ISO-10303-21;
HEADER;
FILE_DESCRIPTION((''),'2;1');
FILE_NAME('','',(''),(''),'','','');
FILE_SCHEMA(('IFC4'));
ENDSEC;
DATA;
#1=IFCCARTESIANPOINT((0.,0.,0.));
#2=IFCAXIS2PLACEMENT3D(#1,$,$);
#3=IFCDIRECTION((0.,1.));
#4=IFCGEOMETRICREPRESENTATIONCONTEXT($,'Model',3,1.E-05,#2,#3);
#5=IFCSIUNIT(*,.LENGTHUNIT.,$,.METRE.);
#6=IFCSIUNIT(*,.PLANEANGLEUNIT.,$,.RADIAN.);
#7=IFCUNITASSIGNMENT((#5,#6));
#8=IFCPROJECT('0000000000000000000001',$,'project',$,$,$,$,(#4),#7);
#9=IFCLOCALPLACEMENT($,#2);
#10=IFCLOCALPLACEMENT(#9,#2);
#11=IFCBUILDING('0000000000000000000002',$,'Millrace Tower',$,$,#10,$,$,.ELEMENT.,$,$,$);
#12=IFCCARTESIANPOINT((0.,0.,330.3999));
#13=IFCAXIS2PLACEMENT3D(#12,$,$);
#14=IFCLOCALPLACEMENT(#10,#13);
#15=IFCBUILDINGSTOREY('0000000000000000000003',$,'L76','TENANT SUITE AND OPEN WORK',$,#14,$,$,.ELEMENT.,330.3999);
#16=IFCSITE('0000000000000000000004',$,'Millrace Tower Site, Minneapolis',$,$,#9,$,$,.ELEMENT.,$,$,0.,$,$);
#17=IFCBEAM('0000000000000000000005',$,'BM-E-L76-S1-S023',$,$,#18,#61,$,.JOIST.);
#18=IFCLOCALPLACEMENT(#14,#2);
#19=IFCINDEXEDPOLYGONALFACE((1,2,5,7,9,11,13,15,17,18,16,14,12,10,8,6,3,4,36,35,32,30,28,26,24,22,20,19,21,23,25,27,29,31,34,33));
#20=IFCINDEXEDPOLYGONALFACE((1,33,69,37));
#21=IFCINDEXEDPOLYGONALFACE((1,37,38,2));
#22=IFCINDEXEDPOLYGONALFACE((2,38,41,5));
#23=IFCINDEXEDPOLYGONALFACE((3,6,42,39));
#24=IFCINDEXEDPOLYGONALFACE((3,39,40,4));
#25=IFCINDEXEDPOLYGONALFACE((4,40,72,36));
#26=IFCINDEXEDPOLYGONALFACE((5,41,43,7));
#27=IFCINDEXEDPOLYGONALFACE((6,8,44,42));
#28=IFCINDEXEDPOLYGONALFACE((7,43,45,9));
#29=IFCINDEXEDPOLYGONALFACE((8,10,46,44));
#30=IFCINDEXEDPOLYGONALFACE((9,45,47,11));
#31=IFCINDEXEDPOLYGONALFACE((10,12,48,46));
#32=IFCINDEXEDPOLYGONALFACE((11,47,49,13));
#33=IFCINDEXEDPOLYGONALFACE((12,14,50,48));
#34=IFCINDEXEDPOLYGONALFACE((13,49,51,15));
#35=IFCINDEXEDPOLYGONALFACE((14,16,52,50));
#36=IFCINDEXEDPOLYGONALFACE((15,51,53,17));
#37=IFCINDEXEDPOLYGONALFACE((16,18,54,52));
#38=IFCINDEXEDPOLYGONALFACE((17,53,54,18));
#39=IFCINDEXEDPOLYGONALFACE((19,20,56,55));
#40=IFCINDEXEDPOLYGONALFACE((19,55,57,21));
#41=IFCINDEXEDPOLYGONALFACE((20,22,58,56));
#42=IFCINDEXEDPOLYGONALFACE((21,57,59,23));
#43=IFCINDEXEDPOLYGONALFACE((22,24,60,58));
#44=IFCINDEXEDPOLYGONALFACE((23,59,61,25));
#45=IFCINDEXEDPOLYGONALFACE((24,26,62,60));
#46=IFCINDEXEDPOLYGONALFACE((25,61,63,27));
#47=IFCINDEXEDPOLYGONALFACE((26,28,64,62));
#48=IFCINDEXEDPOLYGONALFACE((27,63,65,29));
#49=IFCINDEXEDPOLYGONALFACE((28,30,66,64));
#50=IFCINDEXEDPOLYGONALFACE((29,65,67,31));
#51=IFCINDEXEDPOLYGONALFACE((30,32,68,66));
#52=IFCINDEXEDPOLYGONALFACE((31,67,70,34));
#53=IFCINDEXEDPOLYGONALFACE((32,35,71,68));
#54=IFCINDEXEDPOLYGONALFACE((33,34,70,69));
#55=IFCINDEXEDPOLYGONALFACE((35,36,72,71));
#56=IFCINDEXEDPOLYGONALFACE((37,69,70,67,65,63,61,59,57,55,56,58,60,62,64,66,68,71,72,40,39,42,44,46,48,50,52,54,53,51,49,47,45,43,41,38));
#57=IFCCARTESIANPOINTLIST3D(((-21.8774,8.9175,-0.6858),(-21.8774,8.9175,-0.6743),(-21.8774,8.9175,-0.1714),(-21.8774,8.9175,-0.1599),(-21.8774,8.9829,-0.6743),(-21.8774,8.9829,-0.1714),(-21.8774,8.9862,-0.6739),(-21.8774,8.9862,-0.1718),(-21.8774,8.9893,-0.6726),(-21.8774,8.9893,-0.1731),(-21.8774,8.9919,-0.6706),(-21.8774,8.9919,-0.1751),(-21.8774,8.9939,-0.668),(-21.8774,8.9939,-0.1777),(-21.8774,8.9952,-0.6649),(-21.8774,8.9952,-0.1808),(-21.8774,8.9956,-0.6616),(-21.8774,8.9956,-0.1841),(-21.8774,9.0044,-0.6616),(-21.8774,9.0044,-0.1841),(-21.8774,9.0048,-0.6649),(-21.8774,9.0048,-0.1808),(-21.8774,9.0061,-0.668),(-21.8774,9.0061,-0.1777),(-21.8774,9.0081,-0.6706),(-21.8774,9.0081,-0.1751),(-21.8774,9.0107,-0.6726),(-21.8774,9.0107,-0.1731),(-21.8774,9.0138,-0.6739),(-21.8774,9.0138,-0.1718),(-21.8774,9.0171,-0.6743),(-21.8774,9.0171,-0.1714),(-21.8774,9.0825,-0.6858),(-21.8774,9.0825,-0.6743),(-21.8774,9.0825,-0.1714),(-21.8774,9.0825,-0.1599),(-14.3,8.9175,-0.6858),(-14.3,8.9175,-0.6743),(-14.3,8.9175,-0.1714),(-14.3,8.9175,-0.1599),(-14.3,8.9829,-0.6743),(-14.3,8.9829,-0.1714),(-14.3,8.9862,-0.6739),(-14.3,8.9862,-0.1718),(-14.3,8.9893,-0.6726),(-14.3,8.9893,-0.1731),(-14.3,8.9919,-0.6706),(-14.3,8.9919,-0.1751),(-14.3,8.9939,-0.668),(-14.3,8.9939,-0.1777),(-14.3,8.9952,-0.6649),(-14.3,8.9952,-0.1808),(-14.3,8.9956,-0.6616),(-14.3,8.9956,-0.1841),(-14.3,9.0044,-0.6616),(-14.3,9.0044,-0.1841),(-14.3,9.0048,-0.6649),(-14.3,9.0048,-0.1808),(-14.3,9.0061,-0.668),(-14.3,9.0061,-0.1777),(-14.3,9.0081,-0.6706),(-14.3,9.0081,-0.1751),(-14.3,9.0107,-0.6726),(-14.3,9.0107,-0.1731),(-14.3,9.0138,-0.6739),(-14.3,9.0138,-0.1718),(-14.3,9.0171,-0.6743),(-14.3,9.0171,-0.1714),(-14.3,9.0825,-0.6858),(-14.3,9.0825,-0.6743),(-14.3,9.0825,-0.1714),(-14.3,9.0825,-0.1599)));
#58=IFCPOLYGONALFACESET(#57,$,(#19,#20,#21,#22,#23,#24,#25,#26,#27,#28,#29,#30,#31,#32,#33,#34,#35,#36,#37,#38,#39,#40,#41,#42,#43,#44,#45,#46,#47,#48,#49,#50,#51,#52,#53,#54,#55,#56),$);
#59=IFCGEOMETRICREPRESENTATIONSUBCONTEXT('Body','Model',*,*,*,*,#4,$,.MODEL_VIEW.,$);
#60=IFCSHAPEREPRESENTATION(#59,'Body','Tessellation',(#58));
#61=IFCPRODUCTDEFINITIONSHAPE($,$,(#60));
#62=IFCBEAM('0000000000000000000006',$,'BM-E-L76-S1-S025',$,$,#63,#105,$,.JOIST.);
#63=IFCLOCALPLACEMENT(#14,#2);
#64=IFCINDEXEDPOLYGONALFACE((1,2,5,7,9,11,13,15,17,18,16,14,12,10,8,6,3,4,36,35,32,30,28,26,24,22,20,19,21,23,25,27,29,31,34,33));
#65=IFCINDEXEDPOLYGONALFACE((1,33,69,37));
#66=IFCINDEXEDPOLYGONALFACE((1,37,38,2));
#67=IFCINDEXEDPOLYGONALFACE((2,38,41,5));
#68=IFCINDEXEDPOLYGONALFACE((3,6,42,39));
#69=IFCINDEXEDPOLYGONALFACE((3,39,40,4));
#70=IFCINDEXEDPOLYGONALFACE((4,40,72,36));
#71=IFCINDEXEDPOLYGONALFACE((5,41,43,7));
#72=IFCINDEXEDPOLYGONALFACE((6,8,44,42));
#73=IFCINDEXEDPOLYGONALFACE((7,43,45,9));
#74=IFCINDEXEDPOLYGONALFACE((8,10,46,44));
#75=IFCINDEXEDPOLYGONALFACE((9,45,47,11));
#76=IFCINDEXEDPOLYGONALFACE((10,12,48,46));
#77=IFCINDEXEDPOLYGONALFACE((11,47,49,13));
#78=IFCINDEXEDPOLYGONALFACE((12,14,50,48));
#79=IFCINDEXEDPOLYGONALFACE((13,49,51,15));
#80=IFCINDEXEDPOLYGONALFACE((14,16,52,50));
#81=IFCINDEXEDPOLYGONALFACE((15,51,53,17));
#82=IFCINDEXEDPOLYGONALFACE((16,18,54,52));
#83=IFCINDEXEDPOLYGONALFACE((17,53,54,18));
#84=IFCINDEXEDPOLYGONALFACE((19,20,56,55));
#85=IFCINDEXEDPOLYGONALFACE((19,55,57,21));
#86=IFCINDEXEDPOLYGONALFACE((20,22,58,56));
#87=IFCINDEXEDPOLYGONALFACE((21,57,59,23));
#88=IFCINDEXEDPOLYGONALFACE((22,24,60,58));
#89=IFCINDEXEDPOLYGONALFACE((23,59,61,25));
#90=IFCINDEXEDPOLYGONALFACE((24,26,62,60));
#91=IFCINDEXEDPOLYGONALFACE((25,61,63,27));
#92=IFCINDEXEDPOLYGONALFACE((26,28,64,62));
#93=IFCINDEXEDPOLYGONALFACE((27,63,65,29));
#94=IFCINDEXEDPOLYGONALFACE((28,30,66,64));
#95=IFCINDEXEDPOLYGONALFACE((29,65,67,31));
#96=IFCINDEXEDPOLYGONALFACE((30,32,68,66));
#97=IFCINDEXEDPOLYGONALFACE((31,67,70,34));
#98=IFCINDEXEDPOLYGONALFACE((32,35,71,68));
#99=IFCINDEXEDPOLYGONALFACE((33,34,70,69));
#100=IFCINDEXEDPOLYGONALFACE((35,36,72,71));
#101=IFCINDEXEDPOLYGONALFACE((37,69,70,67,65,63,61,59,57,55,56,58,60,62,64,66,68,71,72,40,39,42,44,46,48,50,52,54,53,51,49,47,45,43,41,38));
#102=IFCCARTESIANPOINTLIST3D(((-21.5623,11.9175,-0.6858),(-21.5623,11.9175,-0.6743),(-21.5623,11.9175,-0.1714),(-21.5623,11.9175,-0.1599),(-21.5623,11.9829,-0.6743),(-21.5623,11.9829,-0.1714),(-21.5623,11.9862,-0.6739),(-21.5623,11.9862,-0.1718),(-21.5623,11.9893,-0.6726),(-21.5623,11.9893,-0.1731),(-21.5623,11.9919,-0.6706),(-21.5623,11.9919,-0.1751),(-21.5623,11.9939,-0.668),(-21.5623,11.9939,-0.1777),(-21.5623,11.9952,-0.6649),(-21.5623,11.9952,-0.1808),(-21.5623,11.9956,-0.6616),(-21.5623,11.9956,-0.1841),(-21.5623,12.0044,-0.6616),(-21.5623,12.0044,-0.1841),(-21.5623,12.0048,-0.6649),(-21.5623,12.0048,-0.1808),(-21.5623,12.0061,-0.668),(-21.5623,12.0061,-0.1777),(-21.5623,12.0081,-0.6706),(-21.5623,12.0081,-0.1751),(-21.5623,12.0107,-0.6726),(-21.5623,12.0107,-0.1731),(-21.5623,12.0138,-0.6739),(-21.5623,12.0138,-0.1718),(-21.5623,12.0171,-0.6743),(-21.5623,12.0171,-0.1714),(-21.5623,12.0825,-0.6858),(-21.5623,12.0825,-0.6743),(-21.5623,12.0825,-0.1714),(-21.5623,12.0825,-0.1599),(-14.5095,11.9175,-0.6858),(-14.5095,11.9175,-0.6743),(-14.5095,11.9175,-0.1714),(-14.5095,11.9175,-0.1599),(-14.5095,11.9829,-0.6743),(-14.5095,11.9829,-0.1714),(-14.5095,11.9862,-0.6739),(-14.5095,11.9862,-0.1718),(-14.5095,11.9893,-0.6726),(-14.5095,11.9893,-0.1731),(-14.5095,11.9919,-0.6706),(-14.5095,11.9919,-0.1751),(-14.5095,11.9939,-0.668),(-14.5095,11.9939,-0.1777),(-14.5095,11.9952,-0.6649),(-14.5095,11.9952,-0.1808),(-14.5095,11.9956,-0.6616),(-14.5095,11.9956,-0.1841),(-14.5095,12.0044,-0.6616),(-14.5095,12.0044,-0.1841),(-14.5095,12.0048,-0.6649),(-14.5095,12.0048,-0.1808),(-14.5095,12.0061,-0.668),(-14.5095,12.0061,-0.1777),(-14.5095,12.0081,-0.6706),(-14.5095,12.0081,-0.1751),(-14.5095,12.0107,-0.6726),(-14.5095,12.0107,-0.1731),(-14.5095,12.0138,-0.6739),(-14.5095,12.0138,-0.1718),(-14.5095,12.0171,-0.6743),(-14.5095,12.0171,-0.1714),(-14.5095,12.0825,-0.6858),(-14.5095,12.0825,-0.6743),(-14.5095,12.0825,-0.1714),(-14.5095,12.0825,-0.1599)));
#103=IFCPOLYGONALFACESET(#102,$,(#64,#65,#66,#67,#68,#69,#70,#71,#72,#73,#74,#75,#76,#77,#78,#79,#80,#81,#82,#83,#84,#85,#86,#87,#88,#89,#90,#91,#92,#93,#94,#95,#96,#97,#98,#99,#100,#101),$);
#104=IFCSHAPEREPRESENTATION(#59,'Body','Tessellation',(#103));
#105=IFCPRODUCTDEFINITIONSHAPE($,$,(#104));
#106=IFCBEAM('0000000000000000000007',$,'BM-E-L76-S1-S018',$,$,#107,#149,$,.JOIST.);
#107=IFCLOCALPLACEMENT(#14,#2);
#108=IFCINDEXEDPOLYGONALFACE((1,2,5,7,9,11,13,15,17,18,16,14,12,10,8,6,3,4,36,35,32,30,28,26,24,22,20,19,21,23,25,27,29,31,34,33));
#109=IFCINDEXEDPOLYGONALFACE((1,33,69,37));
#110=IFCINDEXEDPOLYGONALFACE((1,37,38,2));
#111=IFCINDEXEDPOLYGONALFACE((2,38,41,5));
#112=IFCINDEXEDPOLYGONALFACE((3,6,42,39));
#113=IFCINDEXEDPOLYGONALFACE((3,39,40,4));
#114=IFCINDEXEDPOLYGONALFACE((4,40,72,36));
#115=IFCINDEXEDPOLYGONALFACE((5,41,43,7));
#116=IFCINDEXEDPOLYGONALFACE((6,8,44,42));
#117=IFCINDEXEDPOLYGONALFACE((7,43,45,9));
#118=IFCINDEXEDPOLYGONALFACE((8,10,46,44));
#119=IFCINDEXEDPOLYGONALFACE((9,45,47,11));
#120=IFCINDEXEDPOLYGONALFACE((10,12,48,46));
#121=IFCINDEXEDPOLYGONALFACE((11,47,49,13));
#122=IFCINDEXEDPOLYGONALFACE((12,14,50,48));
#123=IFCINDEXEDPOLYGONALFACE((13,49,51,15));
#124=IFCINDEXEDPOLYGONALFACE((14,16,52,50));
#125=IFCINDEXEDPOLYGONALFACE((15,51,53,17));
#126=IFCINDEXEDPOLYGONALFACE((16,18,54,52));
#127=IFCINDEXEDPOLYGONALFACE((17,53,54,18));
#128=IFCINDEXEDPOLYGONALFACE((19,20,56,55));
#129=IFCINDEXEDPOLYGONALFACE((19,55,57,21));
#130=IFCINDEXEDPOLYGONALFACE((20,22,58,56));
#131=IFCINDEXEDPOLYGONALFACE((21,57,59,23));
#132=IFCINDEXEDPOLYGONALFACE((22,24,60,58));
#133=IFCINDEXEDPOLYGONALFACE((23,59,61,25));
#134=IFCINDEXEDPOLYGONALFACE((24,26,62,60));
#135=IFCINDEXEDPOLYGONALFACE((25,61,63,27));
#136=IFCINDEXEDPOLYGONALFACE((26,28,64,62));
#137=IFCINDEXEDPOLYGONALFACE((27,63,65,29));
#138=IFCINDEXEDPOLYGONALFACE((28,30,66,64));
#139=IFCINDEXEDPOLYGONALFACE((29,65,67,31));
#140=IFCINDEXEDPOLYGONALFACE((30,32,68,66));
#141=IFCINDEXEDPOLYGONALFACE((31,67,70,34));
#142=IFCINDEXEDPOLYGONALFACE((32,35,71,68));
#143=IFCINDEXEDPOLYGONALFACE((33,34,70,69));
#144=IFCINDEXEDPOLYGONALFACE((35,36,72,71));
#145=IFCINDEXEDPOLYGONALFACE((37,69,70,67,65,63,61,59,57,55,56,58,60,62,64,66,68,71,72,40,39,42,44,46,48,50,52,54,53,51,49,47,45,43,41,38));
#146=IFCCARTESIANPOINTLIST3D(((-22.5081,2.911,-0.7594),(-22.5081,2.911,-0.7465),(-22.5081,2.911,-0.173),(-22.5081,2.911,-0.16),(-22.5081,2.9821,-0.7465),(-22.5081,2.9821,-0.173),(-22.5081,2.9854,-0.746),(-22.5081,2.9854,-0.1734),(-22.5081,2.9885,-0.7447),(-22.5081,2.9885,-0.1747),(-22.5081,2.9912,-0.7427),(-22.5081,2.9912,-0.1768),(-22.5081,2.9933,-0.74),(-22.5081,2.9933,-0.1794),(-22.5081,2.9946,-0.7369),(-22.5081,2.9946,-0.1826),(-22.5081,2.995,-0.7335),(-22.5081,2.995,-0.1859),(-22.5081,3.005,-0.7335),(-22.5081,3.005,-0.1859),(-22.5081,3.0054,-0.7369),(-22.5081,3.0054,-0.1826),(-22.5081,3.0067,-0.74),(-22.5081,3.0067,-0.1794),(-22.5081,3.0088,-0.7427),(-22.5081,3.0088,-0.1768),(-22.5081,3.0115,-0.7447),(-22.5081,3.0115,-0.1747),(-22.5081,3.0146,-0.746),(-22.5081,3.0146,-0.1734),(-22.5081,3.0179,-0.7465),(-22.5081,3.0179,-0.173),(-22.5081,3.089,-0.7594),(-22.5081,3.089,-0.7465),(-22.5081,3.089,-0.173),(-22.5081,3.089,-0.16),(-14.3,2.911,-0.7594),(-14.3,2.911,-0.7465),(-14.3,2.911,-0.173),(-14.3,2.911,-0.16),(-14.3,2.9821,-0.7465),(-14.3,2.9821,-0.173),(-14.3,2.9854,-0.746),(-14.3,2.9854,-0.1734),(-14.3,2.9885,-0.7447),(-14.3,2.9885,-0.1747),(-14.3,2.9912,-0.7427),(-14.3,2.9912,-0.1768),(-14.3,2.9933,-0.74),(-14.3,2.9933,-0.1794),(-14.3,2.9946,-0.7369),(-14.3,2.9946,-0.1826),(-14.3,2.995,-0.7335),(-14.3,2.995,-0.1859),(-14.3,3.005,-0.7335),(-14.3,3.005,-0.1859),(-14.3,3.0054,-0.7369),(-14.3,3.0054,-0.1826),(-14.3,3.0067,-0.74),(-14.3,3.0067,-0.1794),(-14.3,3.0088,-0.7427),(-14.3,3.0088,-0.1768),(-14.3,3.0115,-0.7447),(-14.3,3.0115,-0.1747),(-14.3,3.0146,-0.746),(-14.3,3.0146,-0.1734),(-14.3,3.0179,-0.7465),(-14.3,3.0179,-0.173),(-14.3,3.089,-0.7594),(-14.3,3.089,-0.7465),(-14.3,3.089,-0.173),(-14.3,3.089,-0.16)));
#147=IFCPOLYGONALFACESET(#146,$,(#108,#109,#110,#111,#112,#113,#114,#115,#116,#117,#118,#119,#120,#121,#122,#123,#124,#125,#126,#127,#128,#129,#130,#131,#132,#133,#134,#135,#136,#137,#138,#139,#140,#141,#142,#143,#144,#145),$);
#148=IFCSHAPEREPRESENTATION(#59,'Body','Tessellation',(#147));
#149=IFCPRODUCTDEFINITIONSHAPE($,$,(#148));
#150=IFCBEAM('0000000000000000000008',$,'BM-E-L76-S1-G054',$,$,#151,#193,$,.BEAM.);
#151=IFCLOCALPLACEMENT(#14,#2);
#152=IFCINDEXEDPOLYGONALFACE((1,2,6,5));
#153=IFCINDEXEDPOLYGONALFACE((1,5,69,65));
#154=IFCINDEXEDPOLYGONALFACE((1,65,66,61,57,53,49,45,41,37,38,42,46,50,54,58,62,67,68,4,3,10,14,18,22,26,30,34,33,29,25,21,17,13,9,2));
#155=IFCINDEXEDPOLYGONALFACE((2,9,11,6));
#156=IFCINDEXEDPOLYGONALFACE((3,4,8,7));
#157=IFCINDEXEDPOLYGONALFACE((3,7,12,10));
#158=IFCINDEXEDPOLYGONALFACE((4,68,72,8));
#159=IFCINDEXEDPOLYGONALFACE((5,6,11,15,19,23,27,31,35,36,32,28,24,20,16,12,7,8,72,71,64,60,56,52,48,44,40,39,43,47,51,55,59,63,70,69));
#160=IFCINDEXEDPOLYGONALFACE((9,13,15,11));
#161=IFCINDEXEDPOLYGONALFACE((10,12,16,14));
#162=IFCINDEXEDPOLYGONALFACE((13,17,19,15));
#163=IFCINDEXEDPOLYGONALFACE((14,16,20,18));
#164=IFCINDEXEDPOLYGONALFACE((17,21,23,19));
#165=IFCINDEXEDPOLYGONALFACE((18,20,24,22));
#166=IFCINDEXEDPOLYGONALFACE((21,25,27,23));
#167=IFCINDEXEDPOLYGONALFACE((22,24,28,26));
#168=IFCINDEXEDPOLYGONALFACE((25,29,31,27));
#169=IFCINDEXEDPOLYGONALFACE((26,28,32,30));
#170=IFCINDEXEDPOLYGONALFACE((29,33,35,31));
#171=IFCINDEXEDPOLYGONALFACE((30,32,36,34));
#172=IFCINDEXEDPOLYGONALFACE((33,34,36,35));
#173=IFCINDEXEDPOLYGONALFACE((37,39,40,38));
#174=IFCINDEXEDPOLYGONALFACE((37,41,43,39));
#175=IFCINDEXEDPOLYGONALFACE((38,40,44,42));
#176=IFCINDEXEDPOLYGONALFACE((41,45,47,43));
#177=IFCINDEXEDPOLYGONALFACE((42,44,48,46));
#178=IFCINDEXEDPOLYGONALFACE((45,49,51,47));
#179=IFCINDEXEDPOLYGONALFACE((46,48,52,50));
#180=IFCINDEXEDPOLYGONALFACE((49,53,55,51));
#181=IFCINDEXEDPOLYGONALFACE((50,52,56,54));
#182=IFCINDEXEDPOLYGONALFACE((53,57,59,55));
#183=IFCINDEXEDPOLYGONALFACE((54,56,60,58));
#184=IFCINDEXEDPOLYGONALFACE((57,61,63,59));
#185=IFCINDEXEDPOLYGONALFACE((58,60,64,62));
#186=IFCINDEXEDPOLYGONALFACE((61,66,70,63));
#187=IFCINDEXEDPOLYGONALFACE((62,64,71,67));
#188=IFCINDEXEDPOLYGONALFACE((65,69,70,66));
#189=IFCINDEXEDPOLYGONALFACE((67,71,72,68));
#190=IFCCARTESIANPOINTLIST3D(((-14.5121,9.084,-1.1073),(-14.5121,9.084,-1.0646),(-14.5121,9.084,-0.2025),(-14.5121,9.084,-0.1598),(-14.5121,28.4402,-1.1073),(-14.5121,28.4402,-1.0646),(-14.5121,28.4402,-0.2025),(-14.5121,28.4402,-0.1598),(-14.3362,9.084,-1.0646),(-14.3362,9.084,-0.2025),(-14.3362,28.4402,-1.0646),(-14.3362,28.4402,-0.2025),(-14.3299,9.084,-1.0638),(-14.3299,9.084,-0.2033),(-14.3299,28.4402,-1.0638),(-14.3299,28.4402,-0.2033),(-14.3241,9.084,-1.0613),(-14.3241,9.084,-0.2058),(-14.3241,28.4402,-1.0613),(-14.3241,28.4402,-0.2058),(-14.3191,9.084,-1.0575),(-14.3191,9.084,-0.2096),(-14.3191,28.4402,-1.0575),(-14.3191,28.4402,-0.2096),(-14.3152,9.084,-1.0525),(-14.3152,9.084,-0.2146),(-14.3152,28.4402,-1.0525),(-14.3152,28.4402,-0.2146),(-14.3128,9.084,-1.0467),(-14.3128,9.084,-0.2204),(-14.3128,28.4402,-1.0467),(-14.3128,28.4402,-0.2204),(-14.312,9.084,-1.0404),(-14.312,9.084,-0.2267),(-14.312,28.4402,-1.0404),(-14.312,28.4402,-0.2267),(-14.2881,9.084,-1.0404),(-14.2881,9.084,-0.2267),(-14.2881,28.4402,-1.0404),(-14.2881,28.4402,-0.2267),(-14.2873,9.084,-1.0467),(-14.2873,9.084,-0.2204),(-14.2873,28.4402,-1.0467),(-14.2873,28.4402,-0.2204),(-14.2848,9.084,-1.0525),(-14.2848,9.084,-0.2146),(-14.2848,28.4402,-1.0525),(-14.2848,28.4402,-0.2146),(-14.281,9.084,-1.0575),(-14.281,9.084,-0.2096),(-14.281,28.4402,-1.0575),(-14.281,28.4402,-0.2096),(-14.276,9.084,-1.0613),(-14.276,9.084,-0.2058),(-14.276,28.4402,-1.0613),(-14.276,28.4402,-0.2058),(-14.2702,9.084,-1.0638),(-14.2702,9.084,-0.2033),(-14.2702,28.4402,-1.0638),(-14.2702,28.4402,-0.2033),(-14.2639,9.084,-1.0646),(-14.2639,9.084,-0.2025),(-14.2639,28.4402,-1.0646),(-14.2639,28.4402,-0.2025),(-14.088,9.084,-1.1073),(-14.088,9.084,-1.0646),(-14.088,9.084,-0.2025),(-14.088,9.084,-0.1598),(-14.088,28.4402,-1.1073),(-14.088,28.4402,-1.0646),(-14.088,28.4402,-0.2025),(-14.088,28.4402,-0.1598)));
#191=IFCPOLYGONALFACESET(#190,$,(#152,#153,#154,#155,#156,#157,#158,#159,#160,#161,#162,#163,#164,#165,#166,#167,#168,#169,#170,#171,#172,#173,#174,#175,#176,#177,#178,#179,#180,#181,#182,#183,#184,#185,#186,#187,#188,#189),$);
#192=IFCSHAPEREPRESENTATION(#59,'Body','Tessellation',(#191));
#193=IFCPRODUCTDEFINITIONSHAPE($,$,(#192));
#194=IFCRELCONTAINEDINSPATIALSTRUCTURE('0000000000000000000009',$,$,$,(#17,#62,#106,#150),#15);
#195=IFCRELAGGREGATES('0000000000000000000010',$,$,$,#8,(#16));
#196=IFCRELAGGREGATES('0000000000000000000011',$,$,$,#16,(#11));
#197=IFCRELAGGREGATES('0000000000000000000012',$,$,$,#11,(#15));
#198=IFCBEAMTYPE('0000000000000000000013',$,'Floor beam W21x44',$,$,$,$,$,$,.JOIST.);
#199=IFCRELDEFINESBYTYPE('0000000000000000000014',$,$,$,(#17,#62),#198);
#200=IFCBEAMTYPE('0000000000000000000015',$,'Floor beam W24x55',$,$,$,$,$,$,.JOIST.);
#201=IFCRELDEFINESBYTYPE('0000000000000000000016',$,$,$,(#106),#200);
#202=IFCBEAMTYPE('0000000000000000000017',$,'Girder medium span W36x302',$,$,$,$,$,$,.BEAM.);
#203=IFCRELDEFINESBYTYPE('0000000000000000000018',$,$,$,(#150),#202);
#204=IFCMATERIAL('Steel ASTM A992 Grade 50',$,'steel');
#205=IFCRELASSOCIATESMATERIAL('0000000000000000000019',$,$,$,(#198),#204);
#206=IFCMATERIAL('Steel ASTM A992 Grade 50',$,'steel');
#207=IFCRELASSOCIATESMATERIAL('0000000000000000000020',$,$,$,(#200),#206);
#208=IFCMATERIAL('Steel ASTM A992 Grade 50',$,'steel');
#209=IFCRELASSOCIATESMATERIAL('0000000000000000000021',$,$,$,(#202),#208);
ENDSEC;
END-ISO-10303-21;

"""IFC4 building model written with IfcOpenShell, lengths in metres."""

from ifc_helpers import new_model, si_unit, direction, frame, origin, origin_2d, place, context, subcontext, project, spatial, i_section, extrude, material, material_profile, profile_set, type_object, element, save


model = new_model("IFC4")

# Units and contexts
model_context = context("Model", 3, precision=1e-05, world=origin(), true_north=direction((0.0, 1.0)))
body_context = subcontext(model_context, "Body", "Model", "MODEL_VIEW")
ifc_project = project(units=[si_unit("LENGTHUNIT", "METRE"), si_unit("PLANEANGLEUNIT", "RADIAN")], contexts=[model_context])

# Site, building, storey
site_placement = place(None, origin())
site = spatial("IfcSite", under=ifc_project, at=site_placement, Name="Millrace Tower Site, Minneapolis", CompositionType="ELEMENT", RefElevation=0.0)
building_placement = place(site_placement, origin())
building = spatial("IfcBuilding", under=site, at=building_placement, Name="Millrace Tower", CompositionType="ELEMENT")
storey_placement = place(building_placement, frame((0.0, 0.0, 330.3999)))
storey = spatial("IfcBuildingStorey", under=building, at=storey_placement, Name="L76", Description="TENANT SUITE AND OPEN WORK", CompositionType="ELEMENT", Elevation=330.3999)

# Beams
ifc_material_1 = material(Name="Steel ASTM A992 Grade 50", Category="steel")
ifc_material_profile_1 = material_profile(ifc_material_1, i_section(OverallWidth=0.165, OverallDepth=0.5259, WebThickness=0.0088, FlangeThickness=0.0115, FilletRadius=0.0127, at=origin_2d()))
ifc_profile_set_1 = profile_set([ifc_material_profile_1], Name="Steel ASTM A992 Grade 50")
beam_type_1 = type_object("IfcBeamType", Name="Floor beam W21x44", PredefinedType="JOIST", material=ifc_profile_set_1)
beam_1_placement = place(storey_placement, frame((-21.8774, 9.0, -0.4229), z_axis=(1.0, 0.0, 0.0), x_axis=(0.0, 1.0, 0.0)))
element("IfcBeam", 1, at=beam_1_placement, inside=storey, type_object=beam_type_1, Name="BM-E-L76-S1-S023", PredefinedType="JOIST", context=body_context, shape_type="SweptSolid", body=[
    extrude(i_section(OverallWidth=0.165, OverallDepth=0.5259, WebThickness=0.0088, FlangeThickness=0.0115, FilletRadius=0.0127, at=origin_2d()), origin(), (0.0, 0.0, 1.0), 7.5774),
])
beam_2_placement = place(storey_placement, frame((-21.5623, 12.0, -0.4229), z_axis=(1.0, 0.0, 0.0), x_axis=(0.0, 1.0, 0.0)))
element("IfcBeam", 2, at=beam_2_placement, inside=storey, type_object=beam_type_1, Name="BM-E-L76-S1-S025", PredefinedType="JOIST", context=body_context, shape_type="SweptSolid", body=[
    extrude(i_section(OverallWidth=0.165, OverallDepth=0.5259, WebThickness=0.0088, FlangeThickness=0.0115, FilletRadius=0.0127, at=origin_2d()), origin(), (0.0, 0.0, 1.0), 7.0527),
])
ifc_material_2 = material(Name="Steel ASTM A992 Grade 50", Category="steel")
ifc_material_profile_2 = material_profile(ifc_material_2, i_section(OverallWidth=0.178, OverallDepth=0.5994, WebThickness=0.01, FlangeThickness=0.0129, FilletRadius=0.0129, at=origin_2d()))
ifc_profile_set_2 = profile_set([ifc_material_profile_2], Name="Steel ASTM A992 Grade 50")
beam_type_2 = type_object("IfcBeamType", Name="Floor beam W24x55", PredefinedType="JOIST", material=ifc_profile_set_2)
beam_3_placement = place(storey_placement, frame((-22.5081, 3.0, -0.4597), z_axis=(1.0, 0.0, 0.0), x_axis=(0.0, 1.0, 0.0)))
element("IfcBeam", 3, at=beam_3_placement, inside=storey, type_object=beam_type_2, Name="BM-E-L76-S1-S018", PredefinedType="JOIST", context=body_context, shape_type="SweptSolid", body=[
    extrude(i_section(OverallWidth=0.178, OverallDepth=0.5994, WebThickness=0.01, FlangeThickness=0.0129, FilletRadius=0.0129, at=origin_2d()), origin(), (0.0, 0.0, 1.0), 8.208),
])
ifc_material_3 = material(Name="Steel ASTM A992 Grade 50", Category="steel")
ifc_material_profile_3 = material_profile(ifc_material_3, i_section(OverallWidth=0.4241, OverallDepth=0.9475, WebThickness=0.0239, FlangeThickness=0.0427, FilletRadius=0.0242, at=origin_2d()))
ifc_profile_set_3 = profile_set([ifc_material_profile_3], Name="Steel ASTM A992 Grade 50")
beam_type_3 = type_object("IfcBeamType", Name="Girder medium span W36x302", PredefinedType="BEAM", material=ifc_profile_set_3)
beam_4_placement = place(storey_placement, frame((-14.3, 9.084, -0.6335), z_axis=(0.0, 1.0, 0.0), x_axis=(-1.0, 0.0, 0.0)))
element("IfcBeam", 4, at=beam_4_placement, inside=storey, type_object=beam_type_3, Name="BM-E-L76-S1-G054", PredefinedType="BEAM", context=body_context, shape_type="SweptSolid", body=[
    extrude(i_section(OverallWidth=0.4241, OverallDepth=0.9475, WebThickness=0.0239, FlangeThickness=0.0427, FilletRadius=0.0242, at=origin_2d()), origin(), (0.0, 0.0, 1.0), 19.3562),
])

save(model, "model.ifc")
